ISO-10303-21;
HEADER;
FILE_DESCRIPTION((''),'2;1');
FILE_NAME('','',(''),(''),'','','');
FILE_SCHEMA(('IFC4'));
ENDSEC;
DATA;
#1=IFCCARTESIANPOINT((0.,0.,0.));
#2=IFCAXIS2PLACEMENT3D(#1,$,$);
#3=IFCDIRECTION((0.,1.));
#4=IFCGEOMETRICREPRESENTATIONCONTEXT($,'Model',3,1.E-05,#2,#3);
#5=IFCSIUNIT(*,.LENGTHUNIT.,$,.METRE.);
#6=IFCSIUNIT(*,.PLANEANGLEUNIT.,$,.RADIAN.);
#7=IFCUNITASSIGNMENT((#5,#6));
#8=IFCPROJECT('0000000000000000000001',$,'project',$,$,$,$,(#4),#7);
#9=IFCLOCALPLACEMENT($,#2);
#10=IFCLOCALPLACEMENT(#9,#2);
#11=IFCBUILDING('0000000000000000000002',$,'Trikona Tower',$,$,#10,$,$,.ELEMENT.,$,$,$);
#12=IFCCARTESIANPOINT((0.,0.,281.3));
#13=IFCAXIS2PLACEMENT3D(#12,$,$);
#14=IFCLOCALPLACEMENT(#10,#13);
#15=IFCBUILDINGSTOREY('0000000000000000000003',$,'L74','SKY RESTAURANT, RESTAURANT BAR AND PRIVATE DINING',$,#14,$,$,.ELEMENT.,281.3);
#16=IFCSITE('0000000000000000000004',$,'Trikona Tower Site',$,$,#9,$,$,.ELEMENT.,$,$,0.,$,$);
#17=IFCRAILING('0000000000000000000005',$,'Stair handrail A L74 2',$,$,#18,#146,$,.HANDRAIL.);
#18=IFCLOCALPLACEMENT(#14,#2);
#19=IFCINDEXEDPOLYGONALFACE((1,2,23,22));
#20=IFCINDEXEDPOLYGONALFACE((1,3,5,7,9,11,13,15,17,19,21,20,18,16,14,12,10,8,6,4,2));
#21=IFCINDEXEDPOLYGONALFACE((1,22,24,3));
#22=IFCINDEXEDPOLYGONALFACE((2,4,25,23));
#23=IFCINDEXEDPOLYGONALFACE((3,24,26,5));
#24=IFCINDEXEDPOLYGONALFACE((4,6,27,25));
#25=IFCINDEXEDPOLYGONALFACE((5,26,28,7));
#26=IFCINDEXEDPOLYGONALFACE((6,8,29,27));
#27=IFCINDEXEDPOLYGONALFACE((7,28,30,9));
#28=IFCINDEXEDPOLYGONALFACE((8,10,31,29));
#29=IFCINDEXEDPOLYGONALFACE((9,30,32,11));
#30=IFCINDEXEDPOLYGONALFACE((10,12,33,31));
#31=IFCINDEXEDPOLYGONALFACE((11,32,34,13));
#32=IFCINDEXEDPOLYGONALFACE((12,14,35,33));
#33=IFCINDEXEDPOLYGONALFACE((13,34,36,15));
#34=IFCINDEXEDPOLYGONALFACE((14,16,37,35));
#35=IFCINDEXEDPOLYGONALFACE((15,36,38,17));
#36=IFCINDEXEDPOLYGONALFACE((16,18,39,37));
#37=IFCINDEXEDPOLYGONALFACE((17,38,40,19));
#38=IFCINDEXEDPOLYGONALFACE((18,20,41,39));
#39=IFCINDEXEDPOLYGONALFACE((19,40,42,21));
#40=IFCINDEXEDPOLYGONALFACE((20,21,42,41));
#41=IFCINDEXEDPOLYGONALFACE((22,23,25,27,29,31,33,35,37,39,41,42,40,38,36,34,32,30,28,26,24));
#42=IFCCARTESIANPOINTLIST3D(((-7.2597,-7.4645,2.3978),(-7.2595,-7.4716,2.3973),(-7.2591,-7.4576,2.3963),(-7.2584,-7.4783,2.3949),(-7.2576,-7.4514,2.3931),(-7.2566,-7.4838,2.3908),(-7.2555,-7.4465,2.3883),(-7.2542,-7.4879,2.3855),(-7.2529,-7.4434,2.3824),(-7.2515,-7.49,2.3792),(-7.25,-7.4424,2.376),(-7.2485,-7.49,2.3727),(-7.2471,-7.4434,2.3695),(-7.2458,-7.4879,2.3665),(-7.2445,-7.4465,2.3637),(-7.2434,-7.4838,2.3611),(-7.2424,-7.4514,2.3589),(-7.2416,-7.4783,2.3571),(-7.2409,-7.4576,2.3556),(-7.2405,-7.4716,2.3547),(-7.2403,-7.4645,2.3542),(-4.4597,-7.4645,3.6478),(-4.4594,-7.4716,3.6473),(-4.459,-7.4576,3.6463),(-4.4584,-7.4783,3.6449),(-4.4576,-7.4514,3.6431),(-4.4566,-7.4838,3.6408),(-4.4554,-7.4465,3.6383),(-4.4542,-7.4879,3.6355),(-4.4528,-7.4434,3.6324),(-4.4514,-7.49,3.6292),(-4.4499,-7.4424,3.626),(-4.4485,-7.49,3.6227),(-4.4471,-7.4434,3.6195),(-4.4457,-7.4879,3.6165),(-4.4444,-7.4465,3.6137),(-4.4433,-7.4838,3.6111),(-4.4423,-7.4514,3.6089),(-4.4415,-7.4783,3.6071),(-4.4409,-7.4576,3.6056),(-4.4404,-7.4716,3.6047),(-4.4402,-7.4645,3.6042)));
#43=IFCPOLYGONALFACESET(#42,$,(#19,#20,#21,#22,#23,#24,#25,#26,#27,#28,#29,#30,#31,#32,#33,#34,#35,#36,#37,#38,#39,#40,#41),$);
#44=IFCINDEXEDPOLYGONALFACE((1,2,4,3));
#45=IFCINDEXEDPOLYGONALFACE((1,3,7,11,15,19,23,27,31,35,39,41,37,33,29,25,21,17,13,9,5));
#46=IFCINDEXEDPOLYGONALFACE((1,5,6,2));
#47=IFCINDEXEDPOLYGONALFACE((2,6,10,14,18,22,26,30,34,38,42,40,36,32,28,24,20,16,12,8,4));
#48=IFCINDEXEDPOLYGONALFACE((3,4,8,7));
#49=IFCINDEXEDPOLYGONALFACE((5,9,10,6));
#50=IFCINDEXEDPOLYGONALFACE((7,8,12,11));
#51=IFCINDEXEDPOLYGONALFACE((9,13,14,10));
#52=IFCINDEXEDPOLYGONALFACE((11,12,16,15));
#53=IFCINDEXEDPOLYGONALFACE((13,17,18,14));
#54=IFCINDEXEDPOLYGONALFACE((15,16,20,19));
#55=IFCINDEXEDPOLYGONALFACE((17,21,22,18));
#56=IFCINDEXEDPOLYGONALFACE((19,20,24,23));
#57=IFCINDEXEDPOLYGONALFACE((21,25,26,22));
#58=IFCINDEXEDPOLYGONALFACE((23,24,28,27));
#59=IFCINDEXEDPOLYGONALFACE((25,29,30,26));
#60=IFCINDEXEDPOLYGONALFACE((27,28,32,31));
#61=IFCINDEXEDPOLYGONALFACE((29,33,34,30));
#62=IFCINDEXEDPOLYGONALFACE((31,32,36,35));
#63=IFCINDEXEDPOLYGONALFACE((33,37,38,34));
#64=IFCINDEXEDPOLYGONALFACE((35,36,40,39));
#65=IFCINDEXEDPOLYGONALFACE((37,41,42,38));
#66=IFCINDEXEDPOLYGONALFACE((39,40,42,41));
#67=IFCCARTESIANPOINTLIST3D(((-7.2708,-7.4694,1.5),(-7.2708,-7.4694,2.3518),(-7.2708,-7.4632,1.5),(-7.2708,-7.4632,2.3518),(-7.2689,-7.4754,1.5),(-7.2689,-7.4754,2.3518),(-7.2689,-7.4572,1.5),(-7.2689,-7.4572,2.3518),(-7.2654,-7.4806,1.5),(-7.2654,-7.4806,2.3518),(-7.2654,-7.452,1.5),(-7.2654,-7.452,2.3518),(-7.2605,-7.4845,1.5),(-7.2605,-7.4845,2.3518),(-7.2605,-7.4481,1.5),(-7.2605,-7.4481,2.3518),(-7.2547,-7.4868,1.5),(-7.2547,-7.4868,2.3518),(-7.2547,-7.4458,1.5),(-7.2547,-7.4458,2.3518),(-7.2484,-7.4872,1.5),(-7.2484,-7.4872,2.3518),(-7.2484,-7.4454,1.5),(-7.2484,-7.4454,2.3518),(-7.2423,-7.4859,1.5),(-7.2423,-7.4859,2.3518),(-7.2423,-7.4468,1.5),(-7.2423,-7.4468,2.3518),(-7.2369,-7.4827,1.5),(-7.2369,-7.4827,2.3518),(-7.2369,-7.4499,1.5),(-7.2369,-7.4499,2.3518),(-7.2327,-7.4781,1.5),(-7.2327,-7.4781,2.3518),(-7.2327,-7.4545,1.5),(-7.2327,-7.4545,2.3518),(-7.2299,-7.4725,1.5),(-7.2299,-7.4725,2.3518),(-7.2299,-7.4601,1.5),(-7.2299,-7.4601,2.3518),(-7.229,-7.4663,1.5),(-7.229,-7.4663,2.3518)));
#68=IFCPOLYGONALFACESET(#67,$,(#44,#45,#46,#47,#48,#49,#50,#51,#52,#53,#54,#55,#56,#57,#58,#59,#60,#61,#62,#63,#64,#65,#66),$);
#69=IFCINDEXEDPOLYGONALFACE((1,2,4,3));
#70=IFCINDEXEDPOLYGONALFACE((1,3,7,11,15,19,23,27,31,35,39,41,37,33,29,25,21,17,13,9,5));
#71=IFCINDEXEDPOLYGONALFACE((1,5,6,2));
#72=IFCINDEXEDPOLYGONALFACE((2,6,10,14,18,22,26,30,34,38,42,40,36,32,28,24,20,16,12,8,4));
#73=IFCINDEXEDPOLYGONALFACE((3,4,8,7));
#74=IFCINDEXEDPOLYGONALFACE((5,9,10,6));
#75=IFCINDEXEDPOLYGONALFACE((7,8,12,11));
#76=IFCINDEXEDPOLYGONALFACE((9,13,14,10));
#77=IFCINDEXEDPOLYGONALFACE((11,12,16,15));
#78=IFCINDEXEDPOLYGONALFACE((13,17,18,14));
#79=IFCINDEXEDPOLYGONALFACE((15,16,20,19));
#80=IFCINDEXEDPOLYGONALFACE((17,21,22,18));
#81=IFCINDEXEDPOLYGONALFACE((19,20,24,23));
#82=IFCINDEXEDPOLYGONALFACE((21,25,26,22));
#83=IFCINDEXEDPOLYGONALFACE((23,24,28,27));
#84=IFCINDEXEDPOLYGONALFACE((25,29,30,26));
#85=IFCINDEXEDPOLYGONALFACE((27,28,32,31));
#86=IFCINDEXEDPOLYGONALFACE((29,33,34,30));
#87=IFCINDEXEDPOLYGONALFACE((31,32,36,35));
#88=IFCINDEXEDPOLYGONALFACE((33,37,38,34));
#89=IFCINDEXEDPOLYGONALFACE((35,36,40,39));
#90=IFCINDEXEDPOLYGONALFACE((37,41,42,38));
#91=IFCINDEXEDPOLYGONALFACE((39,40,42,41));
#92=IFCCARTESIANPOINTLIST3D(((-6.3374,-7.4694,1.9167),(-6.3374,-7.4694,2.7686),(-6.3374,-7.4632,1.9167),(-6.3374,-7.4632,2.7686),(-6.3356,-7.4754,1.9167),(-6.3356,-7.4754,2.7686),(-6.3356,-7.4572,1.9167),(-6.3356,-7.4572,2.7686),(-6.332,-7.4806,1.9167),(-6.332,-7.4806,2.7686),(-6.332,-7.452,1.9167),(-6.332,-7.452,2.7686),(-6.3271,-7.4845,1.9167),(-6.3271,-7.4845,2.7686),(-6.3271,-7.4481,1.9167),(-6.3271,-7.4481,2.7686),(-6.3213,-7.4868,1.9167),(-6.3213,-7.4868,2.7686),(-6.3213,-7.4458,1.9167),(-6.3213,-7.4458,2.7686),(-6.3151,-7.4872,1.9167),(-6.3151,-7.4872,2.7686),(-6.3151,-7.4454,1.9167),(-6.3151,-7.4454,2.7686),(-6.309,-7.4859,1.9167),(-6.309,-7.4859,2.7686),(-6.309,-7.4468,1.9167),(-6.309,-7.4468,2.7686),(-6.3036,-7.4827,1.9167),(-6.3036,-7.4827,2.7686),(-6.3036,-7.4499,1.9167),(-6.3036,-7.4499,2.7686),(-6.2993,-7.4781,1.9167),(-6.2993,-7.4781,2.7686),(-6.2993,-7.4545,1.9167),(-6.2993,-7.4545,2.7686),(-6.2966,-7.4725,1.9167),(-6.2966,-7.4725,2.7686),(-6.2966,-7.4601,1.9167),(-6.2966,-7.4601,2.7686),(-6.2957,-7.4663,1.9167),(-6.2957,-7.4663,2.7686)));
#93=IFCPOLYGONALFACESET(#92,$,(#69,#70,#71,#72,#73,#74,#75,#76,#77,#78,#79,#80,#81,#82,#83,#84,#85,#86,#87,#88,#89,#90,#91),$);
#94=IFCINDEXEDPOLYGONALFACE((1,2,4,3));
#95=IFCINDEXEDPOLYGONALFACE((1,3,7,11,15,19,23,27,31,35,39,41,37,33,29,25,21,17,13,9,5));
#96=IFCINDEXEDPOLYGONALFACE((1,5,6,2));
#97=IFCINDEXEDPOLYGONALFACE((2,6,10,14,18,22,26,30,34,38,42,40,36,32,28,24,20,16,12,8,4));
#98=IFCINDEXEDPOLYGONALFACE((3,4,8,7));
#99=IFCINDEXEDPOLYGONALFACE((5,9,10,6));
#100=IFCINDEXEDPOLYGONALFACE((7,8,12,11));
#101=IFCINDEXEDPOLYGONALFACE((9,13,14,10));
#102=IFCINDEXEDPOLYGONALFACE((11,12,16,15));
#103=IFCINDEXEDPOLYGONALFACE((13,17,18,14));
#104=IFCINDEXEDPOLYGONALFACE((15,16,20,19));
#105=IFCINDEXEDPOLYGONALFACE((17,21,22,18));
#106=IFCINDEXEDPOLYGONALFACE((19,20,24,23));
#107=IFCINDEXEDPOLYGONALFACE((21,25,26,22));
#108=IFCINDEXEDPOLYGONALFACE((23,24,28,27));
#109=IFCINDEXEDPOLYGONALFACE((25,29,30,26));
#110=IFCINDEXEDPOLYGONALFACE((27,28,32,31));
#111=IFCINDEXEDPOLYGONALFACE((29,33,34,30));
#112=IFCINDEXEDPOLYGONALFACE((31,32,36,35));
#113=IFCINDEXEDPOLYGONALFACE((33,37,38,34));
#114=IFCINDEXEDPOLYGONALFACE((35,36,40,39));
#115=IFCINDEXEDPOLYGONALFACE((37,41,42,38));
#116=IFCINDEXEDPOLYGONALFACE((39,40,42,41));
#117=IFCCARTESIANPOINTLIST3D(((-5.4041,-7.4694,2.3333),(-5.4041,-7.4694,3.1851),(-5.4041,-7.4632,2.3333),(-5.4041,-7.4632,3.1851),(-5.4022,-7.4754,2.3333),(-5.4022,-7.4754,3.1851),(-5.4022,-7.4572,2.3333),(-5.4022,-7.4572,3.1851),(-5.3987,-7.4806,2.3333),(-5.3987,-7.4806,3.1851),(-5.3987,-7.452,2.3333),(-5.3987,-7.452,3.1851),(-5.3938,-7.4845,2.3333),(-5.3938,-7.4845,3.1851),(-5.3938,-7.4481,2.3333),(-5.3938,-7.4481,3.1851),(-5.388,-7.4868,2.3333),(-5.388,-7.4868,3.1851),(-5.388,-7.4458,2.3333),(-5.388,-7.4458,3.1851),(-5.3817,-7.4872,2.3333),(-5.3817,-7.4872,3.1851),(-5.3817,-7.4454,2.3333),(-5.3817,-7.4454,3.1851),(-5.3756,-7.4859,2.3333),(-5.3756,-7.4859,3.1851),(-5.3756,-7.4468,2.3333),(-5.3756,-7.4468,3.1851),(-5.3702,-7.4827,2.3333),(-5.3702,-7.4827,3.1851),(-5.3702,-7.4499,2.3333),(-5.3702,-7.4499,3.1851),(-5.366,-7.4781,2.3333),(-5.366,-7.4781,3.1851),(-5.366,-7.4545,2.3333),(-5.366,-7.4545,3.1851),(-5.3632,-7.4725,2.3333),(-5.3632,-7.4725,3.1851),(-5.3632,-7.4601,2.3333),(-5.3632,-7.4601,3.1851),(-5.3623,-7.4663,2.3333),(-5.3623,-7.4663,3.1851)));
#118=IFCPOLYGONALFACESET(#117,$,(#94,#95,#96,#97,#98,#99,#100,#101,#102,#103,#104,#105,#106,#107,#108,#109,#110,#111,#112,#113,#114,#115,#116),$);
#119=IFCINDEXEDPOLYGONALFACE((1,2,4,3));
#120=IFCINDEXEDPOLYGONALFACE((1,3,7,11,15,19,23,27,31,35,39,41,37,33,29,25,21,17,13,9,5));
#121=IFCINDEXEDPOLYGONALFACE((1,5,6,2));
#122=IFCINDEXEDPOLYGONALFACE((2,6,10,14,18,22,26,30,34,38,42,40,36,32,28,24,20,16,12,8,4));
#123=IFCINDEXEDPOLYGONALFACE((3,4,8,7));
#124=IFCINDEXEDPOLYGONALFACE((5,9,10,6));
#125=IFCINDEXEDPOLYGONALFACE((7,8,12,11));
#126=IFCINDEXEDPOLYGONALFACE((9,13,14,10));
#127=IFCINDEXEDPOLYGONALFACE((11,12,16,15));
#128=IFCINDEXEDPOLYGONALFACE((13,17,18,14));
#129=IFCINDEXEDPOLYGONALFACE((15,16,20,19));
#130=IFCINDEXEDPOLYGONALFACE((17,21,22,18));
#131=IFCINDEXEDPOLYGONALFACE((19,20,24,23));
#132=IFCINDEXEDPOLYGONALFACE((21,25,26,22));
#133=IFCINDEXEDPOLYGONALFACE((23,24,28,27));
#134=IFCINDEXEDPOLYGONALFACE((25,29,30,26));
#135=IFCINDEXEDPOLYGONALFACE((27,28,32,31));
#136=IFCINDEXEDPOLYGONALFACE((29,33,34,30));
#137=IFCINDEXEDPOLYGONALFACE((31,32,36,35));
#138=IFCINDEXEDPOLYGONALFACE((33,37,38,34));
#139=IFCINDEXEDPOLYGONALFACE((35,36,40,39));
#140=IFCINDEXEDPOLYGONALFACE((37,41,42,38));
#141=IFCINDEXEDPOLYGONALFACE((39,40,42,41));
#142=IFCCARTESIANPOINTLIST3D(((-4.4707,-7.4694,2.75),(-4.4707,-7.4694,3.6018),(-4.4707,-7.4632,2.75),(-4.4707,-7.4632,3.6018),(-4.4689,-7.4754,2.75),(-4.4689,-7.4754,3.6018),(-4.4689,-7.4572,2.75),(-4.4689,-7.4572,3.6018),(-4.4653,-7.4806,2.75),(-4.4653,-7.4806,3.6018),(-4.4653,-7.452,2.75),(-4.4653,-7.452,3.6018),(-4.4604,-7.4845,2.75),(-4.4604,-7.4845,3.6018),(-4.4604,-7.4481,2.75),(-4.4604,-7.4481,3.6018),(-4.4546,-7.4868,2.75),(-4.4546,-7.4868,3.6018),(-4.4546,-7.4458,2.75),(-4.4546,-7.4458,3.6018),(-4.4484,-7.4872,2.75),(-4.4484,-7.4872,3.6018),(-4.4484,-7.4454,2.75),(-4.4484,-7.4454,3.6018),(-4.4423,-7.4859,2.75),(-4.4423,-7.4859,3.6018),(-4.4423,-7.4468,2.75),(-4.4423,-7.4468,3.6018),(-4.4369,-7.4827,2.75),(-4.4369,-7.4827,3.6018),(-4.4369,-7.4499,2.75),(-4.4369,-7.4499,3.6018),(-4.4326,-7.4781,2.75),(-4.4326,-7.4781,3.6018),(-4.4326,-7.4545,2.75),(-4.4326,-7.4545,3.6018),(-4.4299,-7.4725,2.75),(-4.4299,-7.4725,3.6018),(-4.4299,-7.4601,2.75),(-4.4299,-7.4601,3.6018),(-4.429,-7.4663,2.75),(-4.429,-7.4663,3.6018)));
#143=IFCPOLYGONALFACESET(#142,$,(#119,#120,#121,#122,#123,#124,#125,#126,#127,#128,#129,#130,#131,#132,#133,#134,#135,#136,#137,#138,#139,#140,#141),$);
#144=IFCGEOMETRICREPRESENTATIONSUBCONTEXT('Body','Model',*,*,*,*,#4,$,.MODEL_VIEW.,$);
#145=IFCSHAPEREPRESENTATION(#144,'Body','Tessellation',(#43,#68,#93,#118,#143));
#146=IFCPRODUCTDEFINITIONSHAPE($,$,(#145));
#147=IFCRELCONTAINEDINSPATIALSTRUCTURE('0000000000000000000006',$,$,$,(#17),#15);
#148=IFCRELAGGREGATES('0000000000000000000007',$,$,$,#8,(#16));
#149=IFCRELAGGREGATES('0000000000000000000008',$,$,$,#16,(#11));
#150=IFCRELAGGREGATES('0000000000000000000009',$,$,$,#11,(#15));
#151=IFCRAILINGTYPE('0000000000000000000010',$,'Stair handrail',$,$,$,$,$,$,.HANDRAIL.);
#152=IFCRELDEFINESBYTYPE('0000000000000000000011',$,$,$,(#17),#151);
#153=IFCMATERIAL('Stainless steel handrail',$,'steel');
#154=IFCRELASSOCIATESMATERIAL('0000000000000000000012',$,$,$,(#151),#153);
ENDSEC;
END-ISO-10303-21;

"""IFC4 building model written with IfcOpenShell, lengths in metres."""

from ifc_helpers import new_model, si_unit, direction, frame, origin, origin_2d, place, context, subcontext, project, spatial, circle, extrude, material, type_object, element, save


model = new_model("IFC4")

# Units and contexts
model_context = context("Model", 3, precision=1e-05, world=origin(), true_north=direction((0.0, 1.0)))
body_context = subcontext(model_context, "Body", "Model", "MODEL_VIEW")
ifc_project = project(units=[si_unit("LENGTHUNIT", "METRE"), si_unit("PLANEANGLEUNIT", "RADIAN")], contexts=[model_context])

# Site, building, storey
site_placement = place(None, origin())
site = spatial("IfcSite", under=ifc_project, at=site_placement, Name="Trikona Tower Site", CompositionType="ELEMENT", RefElevation=0.0)
building_placement = place(site_placement, origin())
building = spatial("IfcBuilding", under=site, at=building_placement, Name="Trikona Tower", CompositionType="ELEMENT")
storey_placement = place(building_placement, frame((0.0, 0.0, 281.3)))
storey = spatial("IfcBuildingStorey", under=building, at=storey_placement, Name="L74", Description="SKY RESTAURANT, RESTAURANT BAR AND PRIVATE DINING", CompositionType="ELEMENT", Elevation=281.3)

# Railing
ifc_material_1 = material(Name="Stainless steel handrail", Category="steel")
railing_type = type_object("IfcRailingType", Name="Stair handrail", PredefinedType="HANDRAIL", material=ifc_material_1)
for number, where, name in (
    (1, (-7.25, -7.4663, 1.5), "Stair handrail A L74 2"),
):
    element("IfcRailing", number, at=place(storey_placement, frame(where)), inside=storey, type_object=railing_type, Name=name, PredefinedType="HANDRAIL", context=body_context, shape_type="SweptSolid", body=[
        extrude(circle(Radius=0.0239, at=origin_2d()), frame((0.0, 0.0, 0.876), z_axis=(0.913141, 0.0, 0.407645), x_axis=(0.0, 1.0, 0.0)), (0.0, 0.0, 1.0), 3.0664),
        extrude(circle(Radius=0.021, at=origin_2d()), origin(), (0.0, 0.0, 1.0), 0.8518),
        extrude(circle(Radius=0.021, at=origin_2d()), frame((0.9333, 0.0, 0.4167)), (0.0, 0.0, 1.0), 0.8518),
        extrude(circle(Radius=0.021, at=origin_2d()), frame((1.8667, 0.0, 0.8333)), (0.0, 0.0, 1.0), 0.8518),
        extrude(circle(Radius=0.021, at=origin_2d()), frame((2.8, 0.0, 1.25)), (0.0, 0.0, 1.0), 0.8518),
    ])

save(model, "model.ifc")
